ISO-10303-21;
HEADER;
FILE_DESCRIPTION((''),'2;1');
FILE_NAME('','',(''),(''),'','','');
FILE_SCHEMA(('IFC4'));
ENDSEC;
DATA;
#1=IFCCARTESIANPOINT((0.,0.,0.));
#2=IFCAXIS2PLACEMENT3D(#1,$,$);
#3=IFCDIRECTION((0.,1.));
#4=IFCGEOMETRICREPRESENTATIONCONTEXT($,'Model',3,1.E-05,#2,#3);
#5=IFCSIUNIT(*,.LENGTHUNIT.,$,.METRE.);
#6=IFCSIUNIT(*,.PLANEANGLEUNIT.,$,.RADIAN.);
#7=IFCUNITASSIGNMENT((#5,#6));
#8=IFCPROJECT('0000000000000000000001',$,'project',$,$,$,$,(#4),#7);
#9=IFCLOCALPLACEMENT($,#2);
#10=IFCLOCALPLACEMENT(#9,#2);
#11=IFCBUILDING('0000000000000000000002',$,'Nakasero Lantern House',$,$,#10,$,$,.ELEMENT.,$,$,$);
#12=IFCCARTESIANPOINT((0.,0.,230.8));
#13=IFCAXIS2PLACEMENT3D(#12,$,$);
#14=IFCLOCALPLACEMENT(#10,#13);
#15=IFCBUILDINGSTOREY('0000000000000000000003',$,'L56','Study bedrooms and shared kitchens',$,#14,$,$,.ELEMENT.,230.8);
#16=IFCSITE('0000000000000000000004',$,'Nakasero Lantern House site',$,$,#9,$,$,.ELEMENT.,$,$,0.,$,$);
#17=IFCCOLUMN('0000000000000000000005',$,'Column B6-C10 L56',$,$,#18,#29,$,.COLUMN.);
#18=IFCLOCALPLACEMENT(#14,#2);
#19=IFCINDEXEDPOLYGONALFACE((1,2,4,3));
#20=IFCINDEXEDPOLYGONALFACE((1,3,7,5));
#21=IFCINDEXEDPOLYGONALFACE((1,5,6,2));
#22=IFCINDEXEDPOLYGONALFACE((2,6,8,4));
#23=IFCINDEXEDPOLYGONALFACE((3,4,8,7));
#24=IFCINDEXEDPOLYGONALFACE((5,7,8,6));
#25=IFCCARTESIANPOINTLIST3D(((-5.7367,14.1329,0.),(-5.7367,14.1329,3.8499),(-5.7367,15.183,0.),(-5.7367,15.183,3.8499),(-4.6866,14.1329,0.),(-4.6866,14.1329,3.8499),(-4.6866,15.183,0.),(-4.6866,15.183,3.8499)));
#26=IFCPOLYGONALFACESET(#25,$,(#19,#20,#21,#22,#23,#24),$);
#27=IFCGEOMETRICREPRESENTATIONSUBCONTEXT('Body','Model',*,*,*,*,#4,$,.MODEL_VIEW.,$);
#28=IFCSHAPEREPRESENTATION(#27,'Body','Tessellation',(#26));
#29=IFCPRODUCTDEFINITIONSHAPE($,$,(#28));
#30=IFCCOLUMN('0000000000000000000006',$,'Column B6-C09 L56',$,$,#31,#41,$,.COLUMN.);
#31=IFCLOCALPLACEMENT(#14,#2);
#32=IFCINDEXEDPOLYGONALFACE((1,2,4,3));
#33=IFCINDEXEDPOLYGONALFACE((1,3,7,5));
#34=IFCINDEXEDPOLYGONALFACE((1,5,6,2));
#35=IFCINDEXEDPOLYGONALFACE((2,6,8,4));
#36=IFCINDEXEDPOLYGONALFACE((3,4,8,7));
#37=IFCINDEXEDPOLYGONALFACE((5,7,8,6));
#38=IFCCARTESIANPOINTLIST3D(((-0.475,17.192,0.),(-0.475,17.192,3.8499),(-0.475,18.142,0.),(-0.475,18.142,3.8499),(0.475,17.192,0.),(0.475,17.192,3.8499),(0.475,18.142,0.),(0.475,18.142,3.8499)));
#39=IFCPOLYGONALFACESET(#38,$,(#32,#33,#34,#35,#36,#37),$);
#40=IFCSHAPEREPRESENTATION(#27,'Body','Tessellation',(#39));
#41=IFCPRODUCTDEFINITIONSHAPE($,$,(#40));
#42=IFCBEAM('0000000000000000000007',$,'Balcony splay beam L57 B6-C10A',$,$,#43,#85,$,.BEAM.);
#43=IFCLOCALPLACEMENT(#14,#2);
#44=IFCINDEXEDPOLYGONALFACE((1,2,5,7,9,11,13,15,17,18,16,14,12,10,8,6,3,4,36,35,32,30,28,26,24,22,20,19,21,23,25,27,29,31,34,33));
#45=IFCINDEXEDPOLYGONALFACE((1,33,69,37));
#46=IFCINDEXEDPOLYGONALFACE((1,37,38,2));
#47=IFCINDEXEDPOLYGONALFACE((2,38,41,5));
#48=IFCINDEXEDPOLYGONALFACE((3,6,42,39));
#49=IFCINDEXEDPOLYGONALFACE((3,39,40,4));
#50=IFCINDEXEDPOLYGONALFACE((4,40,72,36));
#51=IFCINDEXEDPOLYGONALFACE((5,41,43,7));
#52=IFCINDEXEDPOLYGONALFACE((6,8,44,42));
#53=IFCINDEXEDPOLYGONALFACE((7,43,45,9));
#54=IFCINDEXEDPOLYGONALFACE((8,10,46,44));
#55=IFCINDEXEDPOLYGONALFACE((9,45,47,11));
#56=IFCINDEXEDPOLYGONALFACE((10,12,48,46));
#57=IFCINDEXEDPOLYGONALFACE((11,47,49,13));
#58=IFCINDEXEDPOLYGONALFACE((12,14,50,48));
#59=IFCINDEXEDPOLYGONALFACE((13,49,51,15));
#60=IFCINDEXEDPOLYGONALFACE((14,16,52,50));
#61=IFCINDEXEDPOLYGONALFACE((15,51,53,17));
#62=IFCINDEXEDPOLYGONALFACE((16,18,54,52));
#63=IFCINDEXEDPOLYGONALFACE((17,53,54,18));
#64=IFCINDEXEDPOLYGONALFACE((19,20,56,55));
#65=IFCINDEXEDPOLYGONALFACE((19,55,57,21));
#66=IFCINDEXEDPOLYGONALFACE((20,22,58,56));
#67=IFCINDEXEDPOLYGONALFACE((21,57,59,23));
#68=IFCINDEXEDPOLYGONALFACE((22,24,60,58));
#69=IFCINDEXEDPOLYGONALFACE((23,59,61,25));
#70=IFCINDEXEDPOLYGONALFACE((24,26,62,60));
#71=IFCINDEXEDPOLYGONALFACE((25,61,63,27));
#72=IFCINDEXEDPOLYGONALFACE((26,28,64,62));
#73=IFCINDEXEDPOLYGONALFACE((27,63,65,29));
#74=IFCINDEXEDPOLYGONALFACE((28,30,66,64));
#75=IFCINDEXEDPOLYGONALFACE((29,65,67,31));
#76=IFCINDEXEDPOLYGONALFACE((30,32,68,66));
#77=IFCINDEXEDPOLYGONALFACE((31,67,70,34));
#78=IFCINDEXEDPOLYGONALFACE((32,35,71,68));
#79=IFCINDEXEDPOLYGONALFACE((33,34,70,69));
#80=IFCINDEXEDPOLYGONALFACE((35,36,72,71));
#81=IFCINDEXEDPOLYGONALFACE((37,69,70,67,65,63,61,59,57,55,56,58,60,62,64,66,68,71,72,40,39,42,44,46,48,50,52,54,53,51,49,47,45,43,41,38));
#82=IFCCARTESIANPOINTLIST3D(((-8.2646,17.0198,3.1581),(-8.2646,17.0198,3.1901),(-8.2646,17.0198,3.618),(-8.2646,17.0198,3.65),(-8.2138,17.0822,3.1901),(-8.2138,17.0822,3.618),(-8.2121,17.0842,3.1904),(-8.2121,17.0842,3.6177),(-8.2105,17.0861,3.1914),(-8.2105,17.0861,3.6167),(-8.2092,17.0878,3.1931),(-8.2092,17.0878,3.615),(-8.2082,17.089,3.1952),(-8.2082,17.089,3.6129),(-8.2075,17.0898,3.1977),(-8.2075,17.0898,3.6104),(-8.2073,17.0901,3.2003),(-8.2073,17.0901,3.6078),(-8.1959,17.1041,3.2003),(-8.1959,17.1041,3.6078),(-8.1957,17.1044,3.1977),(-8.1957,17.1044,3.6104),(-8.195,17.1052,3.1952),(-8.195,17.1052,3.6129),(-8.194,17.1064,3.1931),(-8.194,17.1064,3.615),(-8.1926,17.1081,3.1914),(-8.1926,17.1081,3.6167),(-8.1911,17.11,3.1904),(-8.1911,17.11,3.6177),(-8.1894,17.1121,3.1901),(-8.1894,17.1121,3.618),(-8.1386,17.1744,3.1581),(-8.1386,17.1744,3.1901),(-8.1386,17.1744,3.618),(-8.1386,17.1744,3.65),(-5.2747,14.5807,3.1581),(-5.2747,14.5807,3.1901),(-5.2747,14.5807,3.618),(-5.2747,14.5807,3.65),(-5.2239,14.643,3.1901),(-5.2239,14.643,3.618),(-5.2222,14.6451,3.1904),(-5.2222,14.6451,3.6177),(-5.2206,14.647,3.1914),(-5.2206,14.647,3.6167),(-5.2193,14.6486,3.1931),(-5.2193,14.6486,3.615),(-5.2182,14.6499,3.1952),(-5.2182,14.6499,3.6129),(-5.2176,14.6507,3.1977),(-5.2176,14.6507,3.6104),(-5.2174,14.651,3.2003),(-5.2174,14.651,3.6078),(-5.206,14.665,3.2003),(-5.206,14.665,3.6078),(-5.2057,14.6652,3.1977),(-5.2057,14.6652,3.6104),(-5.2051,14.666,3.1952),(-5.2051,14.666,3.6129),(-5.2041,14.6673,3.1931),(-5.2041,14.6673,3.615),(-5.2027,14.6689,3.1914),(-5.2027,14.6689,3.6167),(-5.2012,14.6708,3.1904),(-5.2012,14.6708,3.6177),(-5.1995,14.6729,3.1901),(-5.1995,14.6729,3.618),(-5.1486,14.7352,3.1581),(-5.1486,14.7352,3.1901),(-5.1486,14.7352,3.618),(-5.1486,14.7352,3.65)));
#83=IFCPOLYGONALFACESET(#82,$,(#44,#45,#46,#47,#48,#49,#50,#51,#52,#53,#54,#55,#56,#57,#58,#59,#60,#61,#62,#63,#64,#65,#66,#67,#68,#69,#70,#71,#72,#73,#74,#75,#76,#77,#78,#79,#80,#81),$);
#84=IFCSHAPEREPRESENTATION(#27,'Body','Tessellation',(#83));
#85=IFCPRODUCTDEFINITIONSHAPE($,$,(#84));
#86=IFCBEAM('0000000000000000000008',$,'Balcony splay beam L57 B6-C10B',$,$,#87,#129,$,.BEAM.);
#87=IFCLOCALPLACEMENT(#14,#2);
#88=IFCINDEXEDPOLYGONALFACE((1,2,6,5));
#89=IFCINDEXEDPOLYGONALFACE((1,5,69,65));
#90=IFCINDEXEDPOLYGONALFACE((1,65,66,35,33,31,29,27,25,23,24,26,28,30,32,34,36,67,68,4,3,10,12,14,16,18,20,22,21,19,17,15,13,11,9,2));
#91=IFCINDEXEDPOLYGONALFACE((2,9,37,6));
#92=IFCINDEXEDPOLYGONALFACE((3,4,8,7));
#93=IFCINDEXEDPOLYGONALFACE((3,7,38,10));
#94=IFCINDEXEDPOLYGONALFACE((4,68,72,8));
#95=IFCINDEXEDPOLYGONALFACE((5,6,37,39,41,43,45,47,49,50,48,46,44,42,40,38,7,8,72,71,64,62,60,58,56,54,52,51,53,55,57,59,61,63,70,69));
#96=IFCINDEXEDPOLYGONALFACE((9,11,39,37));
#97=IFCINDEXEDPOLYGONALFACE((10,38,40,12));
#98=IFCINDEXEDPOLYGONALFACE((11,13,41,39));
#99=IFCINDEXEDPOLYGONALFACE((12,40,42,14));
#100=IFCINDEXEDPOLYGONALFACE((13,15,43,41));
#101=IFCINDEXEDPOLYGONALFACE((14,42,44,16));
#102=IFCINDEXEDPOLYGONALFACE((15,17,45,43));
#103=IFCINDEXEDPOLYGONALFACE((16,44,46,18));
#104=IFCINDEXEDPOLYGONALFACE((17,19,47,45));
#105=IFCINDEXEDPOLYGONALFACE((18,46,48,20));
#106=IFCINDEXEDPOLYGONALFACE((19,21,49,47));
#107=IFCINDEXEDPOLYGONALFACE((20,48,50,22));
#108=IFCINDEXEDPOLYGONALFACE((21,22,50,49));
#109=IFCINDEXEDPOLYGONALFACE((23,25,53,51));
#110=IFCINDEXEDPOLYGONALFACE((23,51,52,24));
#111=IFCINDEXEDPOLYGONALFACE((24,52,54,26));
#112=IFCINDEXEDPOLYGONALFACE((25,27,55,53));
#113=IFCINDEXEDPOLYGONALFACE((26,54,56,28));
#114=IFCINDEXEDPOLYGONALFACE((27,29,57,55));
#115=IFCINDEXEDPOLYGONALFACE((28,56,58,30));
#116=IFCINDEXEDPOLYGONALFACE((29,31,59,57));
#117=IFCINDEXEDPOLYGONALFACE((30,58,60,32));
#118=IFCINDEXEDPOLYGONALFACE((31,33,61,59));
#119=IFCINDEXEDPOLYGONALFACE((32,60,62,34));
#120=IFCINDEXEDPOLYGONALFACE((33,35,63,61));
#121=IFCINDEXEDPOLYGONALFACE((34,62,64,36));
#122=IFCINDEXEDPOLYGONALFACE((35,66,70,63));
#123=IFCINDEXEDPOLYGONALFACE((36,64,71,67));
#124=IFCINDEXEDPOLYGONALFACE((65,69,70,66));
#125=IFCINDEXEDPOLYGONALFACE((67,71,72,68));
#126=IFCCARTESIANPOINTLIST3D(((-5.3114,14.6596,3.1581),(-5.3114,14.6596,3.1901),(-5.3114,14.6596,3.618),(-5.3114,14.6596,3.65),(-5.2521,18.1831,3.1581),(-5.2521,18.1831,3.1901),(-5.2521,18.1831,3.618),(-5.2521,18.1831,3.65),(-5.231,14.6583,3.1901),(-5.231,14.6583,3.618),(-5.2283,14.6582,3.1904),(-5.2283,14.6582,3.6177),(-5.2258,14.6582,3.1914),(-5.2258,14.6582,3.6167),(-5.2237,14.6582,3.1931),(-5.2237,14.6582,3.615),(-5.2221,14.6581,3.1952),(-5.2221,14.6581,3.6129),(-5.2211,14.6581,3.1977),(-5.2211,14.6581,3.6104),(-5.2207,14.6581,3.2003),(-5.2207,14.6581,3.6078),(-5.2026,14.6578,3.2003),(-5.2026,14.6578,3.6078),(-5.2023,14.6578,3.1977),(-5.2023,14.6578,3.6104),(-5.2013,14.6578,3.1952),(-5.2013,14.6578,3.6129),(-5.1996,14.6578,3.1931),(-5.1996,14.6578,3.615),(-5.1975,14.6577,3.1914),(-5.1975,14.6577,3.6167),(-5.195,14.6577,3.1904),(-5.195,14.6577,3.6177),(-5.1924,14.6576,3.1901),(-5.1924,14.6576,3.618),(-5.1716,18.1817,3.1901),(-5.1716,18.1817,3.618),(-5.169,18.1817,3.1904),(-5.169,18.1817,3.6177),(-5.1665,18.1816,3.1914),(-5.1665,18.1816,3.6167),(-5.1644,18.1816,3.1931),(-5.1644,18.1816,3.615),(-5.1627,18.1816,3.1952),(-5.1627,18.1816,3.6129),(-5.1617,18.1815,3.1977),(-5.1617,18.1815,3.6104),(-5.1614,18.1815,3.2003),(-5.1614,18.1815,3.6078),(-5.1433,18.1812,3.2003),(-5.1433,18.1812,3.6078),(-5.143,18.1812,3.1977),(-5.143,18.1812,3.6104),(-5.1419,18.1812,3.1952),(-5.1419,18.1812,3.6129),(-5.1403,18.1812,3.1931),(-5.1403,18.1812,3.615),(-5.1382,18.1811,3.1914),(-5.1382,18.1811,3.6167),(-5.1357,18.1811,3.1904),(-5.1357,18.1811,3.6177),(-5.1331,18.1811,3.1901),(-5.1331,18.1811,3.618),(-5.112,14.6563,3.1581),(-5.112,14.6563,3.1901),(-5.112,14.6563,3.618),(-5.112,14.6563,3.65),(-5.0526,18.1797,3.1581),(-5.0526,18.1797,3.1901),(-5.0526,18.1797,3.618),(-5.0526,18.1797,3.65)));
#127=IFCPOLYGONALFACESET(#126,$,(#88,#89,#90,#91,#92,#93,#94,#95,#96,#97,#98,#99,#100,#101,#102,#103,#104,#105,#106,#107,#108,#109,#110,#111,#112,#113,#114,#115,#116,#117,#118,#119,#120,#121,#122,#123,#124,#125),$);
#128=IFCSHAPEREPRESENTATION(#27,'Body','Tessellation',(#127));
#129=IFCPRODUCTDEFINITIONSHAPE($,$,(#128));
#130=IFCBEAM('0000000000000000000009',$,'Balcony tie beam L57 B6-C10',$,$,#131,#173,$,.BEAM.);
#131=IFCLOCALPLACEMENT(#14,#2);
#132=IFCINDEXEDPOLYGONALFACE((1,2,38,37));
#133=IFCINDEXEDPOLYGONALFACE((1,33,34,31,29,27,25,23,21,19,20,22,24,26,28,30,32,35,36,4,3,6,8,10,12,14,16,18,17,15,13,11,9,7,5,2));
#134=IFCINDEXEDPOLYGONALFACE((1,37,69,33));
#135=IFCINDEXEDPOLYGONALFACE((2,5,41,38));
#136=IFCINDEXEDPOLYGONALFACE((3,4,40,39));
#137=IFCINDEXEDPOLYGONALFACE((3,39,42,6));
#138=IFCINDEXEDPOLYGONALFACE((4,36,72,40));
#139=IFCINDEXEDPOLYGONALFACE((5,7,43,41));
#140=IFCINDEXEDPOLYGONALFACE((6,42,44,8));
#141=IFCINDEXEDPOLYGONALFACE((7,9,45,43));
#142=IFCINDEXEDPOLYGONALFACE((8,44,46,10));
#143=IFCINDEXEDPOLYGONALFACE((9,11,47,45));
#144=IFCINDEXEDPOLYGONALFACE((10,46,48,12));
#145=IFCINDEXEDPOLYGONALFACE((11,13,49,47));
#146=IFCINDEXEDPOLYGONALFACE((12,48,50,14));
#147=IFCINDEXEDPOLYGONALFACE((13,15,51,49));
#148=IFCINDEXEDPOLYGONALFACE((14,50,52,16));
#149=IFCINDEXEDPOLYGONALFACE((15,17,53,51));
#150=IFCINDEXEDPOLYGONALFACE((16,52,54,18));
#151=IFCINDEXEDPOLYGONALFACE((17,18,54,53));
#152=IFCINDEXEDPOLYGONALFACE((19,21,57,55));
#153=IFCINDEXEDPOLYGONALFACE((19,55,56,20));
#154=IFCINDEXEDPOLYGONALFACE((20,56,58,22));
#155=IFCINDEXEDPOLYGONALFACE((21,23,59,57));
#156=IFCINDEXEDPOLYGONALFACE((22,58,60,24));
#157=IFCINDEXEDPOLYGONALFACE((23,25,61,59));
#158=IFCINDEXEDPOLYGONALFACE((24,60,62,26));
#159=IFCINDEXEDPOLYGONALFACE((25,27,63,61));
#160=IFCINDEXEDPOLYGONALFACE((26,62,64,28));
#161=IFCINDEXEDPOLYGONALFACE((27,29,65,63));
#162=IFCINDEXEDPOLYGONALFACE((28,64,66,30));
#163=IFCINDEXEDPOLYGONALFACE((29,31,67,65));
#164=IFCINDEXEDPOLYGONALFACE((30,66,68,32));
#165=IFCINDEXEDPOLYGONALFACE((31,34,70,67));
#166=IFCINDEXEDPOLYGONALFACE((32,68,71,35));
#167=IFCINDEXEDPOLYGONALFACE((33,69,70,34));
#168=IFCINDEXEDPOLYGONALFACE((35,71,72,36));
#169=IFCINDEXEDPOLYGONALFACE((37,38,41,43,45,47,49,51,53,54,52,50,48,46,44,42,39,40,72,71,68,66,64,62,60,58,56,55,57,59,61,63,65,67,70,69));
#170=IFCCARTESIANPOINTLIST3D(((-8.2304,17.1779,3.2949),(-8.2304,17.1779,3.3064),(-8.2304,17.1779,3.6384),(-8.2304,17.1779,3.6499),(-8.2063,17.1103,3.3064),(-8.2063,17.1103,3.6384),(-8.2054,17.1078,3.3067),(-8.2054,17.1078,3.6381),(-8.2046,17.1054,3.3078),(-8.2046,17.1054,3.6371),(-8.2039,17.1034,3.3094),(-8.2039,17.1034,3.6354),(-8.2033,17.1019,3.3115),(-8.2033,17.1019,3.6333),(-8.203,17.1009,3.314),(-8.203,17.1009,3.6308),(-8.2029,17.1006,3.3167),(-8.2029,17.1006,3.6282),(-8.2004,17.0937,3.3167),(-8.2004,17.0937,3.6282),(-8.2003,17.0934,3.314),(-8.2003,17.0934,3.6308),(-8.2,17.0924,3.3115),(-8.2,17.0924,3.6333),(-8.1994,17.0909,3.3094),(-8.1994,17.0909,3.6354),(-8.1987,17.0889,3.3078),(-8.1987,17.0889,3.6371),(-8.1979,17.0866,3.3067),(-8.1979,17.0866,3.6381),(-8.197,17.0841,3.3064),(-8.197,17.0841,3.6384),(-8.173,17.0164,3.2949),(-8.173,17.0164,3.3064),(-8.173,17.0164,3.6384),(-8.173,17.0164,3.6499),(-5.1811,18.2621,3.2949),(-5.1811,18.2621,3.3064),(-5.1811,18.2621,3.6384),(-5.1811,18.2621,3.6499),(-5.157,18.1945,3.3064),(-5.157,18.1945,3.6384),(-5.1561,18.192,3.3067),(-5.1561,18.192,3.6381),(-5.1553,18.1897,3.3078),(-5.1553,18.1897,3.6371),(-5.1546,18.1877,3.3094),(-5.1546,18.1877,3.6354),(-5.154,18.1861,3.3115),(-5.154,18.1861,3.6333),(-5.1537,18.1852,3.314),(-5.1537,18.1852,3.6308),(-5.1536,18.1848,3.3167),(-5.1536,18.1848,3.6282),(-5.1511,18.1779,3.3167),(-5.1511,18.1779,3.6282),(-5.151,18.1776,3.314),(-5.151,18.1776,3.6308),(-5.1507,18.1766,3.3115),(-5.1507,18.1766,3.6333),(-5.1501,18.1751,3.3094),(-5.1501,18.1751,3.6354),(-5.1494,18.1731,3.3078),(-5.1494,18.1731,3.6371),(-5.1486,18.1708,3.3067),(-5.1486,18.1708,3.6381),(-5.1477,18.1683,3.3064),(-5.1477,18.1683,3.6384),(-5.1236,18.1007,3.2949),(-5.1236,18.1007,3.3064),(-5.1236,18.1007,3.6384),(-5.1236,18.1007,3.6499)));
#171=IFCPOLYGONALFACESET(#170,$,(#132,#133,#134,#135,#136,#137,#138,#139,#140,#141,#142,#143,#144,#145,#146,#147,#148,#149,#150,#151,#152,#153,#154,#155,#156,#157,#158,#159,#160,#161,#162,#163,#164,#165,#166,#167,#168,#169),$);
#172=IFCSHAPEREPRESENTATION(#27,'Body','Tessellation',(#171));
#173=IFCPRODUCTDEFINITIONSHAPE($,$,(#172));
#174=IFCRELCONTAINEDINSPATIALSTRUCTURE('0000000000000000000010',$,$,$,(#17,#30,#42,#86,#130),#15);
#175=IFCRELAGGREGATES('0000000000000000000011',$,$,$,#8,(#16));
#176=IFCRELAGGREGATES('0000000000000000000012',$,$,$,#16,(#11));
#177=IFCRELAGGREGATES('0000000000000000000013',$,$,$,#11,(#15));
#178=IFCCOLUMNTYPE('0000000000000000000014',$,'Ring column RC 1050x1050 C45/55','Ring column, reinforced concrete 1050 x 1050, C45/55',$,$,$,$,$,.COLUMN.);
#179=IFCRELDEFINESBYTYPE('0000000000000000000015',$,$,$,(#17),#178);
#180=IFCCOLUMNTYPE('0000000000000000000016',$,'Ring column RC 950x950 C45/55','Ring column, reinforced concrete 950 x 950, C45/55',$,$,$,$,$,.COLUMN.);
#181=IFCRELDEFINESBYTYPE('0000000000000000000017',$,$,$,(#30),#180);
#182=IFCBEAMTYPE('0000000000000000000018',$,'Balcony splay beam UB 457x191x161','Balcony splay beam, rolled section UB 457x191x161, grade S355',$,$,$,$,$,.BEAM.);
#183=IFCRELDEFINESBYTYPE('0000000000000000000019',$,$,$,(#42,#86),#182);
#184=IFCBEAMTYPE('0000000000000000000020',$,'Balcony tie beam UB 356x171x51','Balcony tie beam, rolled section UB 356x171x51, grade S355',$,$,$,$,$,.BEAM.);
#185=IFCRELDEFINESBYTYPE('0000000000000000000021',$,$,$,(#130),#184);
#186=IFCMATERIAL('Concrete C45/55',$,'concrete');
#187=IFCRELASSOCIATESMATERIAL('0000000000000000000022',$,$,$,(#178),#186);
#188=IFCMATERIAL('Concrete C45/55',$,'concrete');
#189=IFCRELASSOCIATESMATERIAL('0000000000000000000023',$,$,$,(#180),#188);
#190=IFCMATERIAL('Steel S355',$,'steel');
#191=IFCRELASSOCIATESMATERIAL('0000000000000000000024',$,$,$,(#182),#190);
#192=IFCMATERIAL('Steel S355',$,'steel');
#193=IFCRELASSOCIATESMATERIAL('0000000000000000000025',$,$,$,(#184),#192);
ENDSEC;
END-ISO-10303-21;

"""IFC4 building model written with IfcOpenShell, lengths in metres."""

from ifc_helpers import new_model, si_unit, direction, frame, origin, origin_2d, place, context, subcontext, project, spatial, rectangle, i_section, extrude, material, material_profile, profile_set, type_object, element, save


model = new_model("IFC4")

# Units and contexts
model_context = context("Model", 3, precision=1e-05, world=origin(), true_north=direction((0.0, 1.0)))
body_context = subcontext(model_context, "Body", "Model", "MODEL_VIEW")
ifc_project = project(units=[si_unit("LENGTHUNIT", "METRE"), si_unit("PLANEANGLEUNIT", "RADIAN")], contexts=[model_context])

# Site, building, storey
site_placement = place(None, origin())
site = spatial("IfcSite", under=ifc_project, at=site_placement, Name="Nakasero Lantern House site", CompositionType="ELEMENT", RefElevation=0.0)
building_placement = place(site_placement, origin())
building = spatial("IfcBuilding", under=site, at=building_placement, Name="Nakasero Lantern House", CompositionType="ELEMENT")
storey_placement = place(building_placement, frame((0.0, 0.0, 230.8)))
storey = spatial("IfcBuildingStorey", under=building, at=storey_placement, Name="L56", Description="Study bedrooms and shared kitchens", CompositionType="ELEMENT", Elevation=230.8)

# Columns
ifc_material_1 = material(Name="Concrete C45/55", Category="concrete")
ifc_material_profile_1 = material_profile(ifc_material_1, rectangle(XDim=1.05, YDim=1.05, at=origin_2d()), Name="RC 1050x1050")
ifc_profile_set_1 = profile_set([ifc_material_profile_1], Name="Concrete C45/55")
column_type_1 = type_object("IfcColumnType", Name="Ring column RC 1050x1050 C45/55", Description="Ring column, reinforced concrete 1050 x 1050, C45/55", PredefinedType="COLUMN", material=ifc_profile_set_1)
column_1_placement = place(storey_placement, frame((-5.2117, 14.658, 0.0), z_axis=(0.0, 0.0, 1.0), x_axis=(1.0, 0.0, 0.0)))
element("IfcColumn", 1, at=column_1_placement, inside=storey, type_object=column_type_1, Name="Column B6-C10 L56", PredefinedType="COLUMN", context=body_context, shape_type="SweptSolid", body=[
    extrude(rectangle(XDim=1.05, YDim=1.05, at=origin_2d()), origin(), (0.0, 0.0, 1.0), 3.8499),
])
ifc_material_2 = material(Name="Concrete C45/55", Category="concrete")
ifc_material_profile_2 = material_profile(ifc_material_2, rectangle(XDim=0.95, YDim=0.95, at=origin_2d()), Name="RC 950x950")
ifc_profile_set_2 = profile_set([ifc_material_profile_2], Name="Concrete C45/55")
column_type_2 = type_object("IfcColumnType", Name="Ring column RC 950x950 C45/55", Description="Ring column, reinforced concrete 950 x 950, C45/55", PredefinedType="COLUMN", material=ifc_profile_set_2)
column_2_placement = place(storey_placement, frame((0.0, 17.667, 0.0), z_axis=(0.0, 0.0, 1.0), x_axis=(1.0, 0.0, 0.0)))
element("IfcColumn", 2, at=column_2_placement, inside=storey, type_object=column_type_2, Name="Column B6-C09 L56", PredefinedType="COLUMN", context=body_context, shape_type="SweptSolid", body=[
    extrude(rectangle(XDim=0.95, YDim=0.95, at=origin_2d()), origin(), (0.0, 0.0, 1.0), 3.8499),
])

# Beams
ifc_material_3 = material(Name="Steel S355", Category="steel")
ifc_material_profile_3 = material_profile(ifc_material_3, i_section(OverallWidth=0.1995, OverallDepth=0.4919, WebThickness=0.0181, FlangeThickness=0.032, FilletRadius=0.0103, at=origin_2d()), Name="UB 457x191x161")
ifc_profile_set_3 = profile_set([ifc_material_profile_3], Name="Steel S355")
beam_type_1 = type_object("IfcBeamType", Name="Balcony splay beam UB 457x191x161", Description="Balcony splay beam, rolled section UB 457x191x161, grade S355", PredefinedType="BEAM", material=ifc_profile_set_3)
beam_1_placement = place(storey_placement, frame((-5.2117, 14.658, 3.4041), z_axis=(-0.774864, 0.632128, 0.0), x_axis=(-0.632128, -0.774864, 0.0)))
element("IfcBeam", 3, at=beam_1_placement, inside=storey, type_object=beam_type_1, Name="Balcony splay beam L57 B6-C10A", PredefinedType="BEAM", context=body_context, shape_type="SweptSolid", body=[
    extrude(i_section(OverallWidth=0.1995, OverallDepth=0.4919, WebThickness=0.0181, FlangeThickness=0.032, FilletRadius=0.0103, at=origin_2d()), origin(), (0.0, 0.0, 1.0), 3.8586),
])
beam_2_placement = place(storey_placement, frame((-5.2117, 14.658, 3.4041), z_axis=(0.016835, 0.999858, 0.0), x_axis=(-0.999858, 0.016835, 0.0)))
element("IfcBeam", 4, at=beam_2_placement, inside=storey, type_object=beam_type_1, Name="Balcony splay beam L57 B6-C10B", PredefinedType="BEAM", context=body_context, shape_type="SweptSolid", body=[
    extrude(i_section(OverallWidth=0.1995, OverallDepth=0.4919, WebThickness=0.0181, FlangeThickness=0.032, FilletRadius=0.0103, at=origin_2d()), origin(), (0.0, 0.0, 1.0), 3.5239),
])
ifc_material_4 = material(Name="Steel S355", Category="steel")
ifc_material_profile_4 = material_profile(ifc_material_4, i_section(OverallWidth=0.1714, OverallDepth=0.355, WebThickness=0.0073, FlangeThickness=0.0115, FilletRadius=0.0103, at=origin_2d()), Name="UB 356x171x51")
ifc_profile_set_4 = profile_set([ifc_material_profile_4], Name="Steel S355")
beam_type_2 = type_object("IfcBeamType", Name="Balcony tie beam UB 356x171x51", Description="Balcony tie beam, rolled section UB 356x171x51, grade S355", PredefinedType="BEAM", material=ifc_profile_set_4)
beam_3_placement = place(storey_placement, frame((-8.2017, 17.0972, 3.4724), z_axis=(0.942212, 0.335017, 0.0), x_axis=(-0.335017, 0.942212, 0.0)))
element("IfcBeam", 5, at=beam_3_placement, inside=storey, type_object=beam_type_2, Name="Balcony tie beam L57 B6-C10", PredefinedType="BEAM", context=body_context, shape_type="SweptSolid", body=[
    extrude(i_section(OverallWidth=0.1714, OverallDepth=0.355, WebThickness=0.0073, FlangeThickness=0.0115, FilletRadius=0.0103, at=origin_2d()), origin(), (0.0, 0.0, 1.0), 3.2363),
])

save(model, "model.ifc")
